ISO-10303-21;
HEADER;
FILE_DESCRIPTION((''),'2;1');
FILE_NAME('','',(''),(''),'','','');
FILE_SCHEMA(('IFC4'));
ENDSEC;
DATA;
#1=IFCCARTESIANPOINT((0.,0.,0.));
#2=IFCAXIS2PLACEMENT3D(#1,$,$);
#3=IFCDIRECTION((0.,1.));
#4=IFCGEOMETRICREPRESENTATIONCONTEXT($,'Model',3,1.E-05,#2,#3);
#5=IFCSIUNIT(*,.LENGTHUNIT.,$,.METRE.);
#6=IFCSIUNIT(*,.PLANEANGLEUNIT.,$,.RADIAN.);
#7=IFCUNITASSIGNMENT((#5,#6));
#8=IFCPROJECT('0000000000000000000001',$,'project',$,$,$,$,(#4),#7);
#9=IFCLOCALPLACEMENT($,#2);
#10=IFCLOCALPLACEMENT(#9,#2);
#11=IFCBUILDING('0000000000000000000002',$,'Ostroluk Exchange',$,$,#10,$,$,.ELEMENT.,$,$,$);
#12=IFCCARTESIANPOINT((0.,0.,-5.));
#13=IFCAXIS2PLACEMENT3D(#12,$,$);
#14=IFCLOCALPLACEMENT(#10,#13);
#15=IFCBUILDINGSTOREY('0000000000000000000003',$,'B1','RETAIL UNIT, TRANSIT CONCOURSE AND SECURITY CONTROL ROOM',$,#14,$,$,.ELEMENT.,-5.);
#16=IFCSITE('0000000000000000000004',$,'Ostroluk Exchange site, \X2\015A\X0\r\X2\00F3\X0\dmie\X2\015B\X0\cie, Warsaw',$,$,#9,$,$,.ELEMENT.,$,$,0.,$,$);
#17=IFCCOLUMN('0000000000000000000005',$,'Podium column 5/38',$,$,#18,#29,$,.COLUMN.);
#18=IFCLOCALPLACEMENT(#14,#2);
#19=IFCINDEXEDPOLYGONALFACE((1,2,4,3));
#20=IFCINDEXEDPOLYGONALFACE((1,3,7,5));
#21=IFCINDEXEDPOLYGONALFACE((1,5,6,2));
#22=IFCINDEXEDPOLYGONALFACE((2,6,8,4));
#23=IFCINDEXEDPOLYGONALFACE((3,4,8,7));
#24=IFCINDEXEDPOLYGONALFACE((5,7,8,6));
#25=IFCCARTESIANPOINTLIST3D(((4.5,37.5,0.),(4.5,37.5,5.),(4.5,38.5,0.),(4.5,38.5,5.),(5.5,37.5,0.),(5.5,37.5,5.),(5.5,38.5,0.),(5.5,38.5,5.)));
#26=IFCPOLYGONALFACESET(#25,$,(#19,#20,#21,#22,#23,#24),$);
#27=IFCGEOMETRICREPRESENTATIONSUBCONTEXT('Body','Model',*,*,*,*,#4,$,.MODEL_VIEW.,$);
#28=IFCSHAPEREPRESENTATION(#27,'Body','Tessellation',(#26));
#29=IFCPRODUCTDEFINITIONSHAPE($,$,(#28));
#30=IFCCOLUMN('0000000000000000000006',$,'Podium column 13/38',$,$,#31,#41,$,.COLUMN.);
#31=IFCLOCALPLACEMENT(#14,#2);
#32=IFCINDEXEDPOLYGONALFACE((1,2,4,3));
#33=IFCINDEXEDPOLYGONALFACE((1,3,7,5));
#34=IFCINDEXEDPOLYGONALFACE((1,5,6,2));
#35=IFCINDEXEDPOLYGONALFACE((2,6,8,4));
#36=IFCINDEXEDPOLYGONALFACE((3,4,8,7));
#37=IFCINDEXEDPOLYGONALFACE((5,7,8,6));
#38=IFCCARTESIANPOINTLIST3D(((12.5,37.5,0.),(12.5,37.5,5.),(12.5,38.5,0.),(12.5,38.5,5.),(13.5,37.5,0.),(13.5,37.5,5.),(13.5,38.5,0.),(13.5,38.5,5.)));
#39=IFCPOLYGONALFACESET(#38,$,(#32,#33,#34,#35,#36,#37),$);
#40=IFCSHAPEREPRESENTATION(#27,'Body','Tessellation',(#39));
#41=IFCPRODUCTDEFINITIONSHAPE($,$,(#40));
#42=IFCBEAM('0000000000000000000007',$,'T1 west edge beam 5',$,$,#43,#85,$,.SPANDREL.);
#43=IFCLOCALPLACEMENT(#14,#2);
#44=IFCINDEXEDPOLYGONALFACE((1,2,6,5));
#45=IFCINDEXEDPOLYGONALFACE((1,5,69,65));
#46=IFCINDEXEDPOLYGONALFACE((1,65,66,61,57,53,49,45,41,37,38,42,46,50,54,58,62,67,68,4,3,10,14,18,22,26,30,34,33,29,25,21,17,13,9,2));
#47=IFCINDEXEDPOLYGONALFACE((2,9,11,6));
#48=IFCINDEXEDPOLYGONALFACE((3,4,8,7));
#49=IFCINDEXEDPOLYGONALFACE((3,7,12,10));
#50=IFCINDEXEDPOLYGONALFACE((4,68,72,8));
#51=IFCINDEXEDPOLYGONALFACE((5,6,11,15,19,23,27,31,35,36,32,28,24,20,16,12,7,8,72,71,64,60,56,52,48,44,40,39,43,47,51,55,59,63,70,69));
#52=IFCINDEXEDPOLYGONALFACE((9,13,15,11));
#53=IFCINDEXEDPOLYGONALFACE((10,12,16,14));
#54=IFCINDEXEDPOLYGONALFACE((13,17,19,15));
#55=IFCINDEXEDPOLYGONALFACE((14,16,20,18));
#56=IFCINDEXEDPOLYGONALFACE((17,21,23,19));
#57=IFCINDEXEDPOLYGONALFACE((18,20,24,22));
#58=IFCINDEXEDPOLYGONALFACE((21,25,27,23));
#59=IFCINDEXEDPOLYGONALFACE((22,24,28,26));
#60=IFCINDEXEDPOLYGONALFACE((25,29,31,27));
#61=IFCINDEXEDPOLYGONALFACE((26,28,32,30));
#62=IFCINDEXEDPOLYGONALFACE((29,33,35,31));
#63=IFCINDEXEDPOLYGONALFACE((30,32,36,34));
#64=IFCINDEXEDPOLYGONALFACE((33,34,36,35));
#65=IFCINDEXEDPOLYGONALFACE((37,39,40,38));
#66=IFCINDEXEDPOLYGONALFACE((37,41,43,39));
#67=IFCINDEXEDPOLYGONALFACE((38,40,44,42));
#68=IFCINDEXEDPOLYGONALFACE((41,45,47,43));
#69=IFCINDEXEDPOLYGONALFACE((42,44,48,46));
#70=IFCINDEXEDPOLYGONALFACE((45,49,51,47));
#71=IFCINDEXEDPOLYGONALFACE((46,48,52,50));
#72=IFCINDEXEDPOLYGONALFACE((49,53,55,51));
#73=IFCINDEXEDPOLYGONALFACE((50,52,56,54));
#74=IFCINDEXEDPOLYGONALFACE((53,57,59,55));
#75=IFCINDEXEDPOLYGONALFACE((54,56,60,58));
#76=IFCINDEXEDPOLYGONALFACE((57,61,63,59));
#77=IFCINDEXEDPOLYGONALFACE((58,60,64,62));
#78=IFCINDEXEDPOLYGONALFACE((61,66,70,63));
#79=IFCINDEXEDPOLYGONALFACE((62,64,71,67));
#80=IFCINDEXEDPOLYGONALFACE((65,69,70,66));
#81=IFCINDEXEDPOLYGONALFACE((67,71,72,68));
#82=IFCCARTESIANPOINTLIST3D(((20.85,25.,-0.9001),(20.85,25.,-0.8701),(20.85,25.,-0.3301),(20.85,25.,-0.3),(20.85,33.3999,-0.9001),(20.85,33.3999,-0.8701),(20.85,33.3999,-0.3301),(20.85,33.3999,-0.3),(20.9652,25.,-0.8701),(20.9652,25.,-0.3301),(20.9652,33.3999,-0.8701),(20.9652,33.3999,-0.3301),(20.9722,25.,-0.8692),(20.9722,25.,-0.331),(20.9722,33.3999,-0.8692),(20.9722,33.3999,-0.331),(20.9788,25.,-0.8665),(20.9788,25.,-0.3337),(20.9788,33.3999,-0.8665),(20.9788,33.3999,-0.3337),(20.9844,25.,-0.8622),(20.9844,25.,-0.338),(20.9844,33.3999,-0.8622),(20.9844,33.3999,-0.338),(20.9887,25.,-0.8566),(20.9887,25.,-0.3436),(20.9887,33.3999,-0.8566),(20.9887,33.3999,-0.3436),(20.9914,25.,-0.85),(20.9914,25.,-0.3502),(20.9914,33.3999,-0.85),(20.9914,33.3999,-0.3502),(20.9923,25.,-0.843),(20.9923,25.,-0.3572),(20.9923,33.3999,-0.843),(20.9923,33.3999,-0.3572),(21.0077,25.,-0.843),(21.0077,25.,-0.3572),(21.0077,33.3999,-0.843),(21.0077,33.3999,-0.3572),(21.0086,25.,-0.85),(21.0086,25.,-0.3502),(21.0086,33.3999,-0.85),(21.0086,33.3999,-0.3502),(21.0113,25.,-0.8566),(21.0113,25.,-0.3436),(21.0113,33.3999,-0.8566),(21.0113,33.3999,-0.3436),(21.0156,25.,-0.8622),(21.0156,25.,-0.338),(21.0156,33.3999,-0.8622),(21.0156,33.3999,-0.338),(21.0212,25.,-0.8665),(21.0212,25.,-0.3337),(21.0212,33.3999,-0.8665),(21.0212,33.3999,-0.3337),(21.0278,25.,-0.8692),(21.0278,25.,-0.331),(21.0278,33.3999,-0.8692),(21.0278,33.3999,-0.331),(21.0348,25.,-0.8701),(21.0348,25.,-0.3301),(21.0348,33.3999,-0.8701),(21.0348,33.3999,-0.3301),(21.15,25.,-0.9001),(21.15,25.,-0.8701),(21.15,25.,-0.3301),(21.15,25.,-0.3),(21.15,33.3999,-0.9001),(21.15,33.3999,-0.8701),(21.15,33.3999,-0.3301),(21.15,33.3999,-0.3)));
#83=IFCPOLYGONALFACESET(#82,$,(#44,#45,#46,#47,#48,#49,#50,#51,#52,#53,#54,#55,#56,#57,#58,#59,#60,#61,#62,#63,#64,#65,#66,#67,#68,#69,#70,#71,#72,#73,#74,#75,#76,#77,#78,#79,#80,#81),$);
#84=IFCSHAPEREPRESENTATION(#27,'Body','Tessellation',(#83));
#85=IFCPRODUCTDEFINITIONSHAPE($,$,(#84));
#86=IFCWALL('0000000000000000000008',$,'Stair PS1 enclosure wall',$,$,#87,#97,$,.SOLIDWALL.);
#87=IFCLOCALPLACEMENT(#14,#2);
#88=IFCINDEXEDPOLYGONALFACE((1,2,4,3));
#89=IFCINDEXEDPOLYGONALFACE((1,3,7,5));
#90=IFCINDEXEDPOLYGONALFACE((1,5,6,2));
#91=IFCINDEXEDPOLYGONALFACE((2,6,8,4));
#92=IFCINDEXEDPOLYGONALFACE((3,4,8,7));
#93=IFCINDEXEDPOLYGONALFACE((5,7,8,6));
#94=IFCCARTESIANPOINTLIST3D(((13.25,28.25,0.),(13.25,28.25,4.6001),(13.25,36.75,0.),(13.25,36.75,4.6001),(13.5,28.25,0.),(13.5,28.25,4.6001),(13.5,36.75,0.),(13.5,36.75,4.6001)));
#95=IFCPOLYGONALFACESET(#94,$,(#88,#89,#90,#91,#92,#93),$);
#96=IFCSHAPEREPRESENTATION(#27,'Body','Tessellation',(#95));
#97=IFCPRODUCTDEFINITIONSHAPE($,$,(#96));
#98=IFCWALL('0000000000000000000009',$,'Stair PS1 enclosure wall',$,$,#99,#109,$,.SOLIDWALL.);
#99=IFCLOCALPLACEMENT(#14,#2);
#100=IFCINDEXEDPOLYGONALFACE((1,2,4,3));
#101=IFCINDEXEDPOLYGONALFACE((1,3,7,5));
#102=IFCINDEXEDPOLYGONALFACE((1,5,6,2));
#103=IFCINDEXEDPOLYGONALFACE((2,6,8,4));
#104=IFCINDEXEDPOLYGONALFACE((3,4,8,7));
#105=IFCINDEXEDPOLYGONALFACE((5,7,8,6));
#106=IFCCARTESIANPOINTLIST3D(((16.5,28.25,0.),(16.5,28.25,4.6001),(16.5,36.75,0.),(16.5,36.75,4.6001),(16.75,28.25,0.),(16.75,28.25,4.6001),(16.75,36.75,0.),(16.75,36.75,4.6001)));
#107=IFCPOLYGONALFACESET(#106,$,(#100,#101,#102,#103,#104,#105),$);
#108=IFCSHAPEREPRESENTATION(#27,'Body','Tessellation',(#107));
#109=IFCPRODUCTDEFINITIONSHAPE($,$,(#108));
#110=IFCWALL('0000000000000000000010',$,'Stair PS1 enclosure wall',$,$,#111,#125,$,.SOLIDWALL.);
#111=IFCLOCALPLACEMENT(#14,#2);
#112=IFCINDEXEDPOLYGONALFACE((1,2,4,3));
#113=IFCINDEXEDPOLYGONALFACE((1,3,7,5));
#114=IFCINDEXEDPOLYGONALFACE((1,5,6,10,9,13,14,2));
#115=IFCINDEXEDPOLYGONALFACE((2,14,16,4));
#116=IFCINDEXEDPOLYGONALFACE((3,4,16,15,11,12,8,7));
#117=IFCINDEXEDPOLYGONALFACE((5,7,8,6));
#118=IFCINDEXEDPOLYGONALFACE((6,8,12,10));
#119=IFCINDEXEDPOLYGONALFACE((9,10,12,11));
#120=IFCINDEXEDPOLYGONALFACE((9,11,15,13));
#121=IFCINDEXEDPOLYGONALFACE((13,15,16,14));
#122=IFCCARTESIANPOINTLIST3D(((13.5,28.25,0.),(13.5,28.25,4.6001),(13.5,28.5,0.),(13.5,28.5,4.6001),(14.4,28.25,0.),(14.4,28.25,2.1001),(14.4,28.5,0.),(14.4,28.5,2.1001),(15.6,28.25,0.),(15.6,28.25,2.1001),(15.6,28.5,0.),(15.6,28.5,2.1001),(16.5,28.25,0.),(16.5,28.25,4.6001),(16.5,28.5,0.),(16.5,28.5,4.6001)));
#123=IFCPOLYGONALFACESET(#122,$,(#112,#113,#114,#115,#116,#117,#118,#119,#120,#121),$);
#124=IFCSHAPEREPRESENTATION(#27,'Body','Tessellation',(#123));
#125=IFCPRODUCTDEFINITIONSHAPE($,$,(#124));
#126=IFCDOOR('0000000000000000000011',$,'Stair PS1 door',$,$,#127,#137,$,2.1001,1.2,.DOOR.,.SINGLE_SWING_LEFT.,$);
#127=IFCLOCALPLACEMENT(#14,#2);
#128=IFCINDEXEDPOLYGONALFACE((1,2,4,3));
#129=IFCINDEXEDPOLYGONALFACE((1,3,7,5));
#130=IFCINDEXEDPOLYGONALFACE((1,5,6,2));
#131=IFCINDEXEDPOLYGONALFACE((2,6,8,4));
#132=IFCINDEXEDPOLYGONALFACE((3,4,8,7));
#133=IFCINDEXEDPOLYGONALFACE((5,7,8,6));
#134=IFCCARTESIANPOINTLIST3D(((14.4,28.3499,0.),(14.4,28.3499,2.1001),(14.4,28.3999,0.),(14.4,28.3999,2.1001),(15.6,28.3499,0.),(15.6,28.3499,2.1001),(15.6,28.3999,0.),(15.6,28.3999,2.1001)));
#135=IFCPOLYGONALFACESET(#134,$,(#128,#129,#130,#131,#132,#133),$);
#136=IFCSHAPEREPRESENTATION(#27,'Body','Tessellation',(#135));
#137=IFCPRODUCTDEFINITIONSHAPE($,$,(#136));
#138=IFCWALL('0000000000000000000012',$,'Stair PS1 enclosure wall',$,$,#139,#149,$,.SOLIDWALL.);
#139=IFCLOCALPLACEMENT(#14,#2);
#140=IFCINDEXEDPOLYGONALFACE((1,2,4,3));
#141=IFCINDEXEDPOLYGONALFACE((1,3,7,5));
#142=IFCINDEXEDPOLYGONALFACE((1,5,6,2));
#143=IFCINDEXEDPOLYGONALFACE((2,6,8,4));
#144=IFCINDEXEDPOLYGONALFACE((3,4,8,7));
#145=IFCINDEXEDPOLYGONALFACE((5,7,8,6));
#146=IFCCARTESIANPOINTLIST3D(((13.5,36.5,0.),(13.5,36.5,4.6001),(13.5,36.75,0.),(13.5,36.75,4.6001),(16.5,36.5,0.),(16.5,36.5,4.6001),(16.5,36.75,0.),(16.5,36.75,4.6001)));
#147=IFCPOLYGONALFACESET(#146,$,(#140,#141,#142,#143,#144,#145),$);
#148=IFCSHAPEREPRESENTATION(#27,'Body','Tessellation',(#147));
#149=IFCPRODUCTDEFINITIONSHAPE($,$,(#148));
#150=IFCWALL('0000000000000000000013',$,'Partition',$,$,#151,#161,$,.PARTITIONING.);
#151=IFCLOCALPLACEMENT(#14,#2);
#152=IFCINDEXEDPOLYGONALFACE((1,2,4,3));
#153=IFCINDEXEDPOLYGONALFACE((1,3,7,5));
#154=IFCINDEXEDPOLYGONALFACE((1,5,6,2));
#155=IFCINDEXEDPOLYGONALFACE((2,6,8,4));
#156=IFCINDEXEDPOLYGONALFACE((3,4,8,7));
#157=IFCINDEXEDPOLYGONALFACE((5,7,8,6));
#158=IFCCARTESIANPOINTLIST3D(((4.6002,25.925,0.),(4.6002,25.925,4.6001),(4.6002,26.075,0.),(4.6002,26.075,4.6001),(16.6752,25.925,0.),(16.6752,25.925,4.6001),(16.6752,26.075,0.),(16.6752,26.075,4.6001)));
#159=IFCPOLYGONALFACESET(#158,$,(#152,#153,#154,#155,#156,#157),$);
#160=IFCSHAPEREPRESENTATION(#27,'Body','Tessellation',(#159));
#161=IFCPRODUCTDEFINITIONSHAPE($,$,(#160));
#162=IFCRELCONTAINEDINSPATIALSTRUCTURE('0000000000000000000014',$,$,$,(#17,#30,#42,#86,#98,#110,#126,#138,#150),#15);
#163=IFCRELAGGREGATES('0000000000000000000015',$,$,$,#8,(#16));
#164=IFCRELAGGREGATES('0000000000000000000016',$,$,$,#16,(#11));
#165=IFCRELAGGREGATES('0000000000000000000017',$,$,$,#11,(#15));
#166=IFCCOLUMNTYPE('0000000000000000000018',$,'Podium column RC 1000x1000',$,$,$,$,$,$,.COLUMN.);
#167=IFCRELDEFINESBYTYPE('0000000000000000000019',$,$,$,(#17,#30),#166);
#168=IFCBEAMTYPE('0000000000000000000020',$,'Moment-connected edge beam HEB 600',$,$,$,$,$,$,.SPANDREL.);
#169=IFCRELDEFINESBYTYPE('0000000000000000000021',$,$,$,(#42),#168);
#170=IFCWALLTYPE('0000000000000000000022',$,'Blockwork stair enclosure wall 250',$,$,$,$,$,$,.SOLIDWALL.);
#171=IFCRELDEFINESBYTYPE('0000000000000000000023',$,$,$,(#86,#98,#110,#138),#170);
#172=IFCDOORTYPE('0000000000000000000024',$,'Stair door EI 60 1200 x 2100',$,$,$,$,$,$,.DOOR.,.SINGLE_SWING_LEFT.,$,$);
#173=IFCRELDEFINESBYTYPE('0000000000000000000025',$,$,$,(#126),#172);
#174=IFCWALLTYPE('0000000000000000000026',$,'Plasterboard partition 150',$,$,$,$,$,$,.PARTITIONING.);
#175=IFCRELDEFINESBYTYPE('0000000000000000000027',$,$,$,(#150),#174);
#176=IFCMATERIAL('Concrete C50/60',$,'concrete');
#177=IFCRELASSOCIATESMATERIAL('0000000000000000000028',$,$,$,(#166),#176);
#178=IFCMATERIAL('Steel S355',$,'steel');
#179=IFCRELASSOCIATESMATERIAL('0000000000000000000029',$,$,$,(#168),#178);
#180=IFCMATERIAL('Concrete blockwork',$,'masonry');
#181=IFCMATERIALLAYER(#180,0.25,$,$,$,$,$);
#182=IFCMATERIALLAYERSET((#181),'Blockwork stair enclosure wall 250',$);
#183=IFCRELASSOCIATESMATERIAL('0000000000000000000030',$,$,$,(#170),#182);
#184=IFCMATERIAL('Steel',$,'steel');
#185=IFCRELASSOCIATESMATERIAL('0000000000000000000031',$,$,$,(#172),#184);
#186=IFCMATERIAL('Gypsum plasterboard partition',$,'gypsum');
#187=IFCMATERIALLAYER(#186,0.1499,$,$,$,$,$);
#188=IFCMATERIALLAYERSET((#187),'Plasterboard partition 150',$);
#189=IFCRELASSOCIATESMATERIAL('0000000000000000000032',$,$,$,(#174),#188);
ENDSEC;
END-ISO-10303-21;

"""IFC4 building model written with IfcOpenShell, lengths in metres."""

from ifc_helpers import new_model, si_unit, direction, frame, frame_2d, origin, origin_2d, place, context, subcontext, project, spatial, rectangle, i_section, extrude, material, layer, layer_set, material_profile, profile_set, type_object, element, fill, save


model = new_model("IFC4")

# Units and contexts
model_context = context("Model", 3, precision=1e-05, world=origin(), true_north=direction((0.0, 1.0)))
body_context = subcontext(model_context, "Body", "Model", "MODEL_VIEW")
ifc_project = project(units=[si_unit("LENGTHUNIT", "METRE"), si_unit("PLANEANGLEUNIT", "RADIAN")], contexts=[model_context])

# Site, building, storey
site_placement = place(None, origin())
site = spatial("IfcSite", under=ifc_project, at=site_placement, Name="Ostroluk Exchange site, Śródmieście, Warsaw", CompositionType="ELEMENT", RefElevation=0.0)
building_placement = place(site_placement, origin())
building = spatial("IfcBuilding", under=site, at=building_placement, Name="Ostroluk Exchange", CompositionType="ELEMENT")
storey_placement = place(building_placement, frame((0.0, 0.0, -5.0)))
storey = spatial("IfcBuildingStorey", under=building, at=storey_placement, Name="B1", Description="RETAIL UNIT, TRANSIT CONCOURSE AND SECURITY CONTROL ROOM", CompositionType="ELEMENT", Elevation=-5.0)

# Columns
ifc_material_1 = material(Name="Concrete C50/60", Category="concrete")
ifc_material_profile_1 = material_profile(ifc_material_1, rectangle(XDim=1.0, YDim=1.0, at=origin_2d()), Name="RC 1000x1000")
ifc_profile_set_1 = profile_set([ifc_material_profile_1], Name="Concrete C50/60")
column_type_1 = type_object("IfcColumnType", Name="Podium column RC 1000x1000", PredefinedType="COLUMN", material=ifc_profile_set_1)
for number, where, z_axis, x_axis, name in (
    (1, (5.0, 38.0, 0.0), (0.0, 0.0, 1.0), (1.0, 0.0, 0.0), "Podium column 5/38"),
    (2, (13.0, 38.0, 0.0), (0.0, 0.0, 1.0), (1.0, 0.0, 0.0), "Podium column 13/38"),
):
    element("IfcColumn", number, at=place(storey_placement, frame(where, z_axis=z_axis, x_axis=x_axis)), inside=storey, type_object=column_type_1, Name=name, PredefinedType="COLUMN", context=body_context, shape_type="SweptSolid", body=[
        extrude(rectangle(XDim=1.0, YDim=1.0, at=origin_2d()), origin(), (0.0, 0.0, 1.0), 5.0),
    ])

# Beam
ifc_material_2 = material(Name="Steel S355", Category="steel")
ifc_material_profile_2 = material_profile(ifc_material_2, i_section(OverallWidth=0.3, OverallDepth=0.6001, WebThickness=0.0154, FlangeThickness=0.03, FilletRadius=0.0271, at=origin_2d()), Name="HEB 600")
ifc_profile_set_2 = profile_set([ifc_material_profile_2], Name="Steel S355")
beam_type = type_object("IfcBeamType", Name="Moment-connected edge beam HEB 600", PredefinedType="SPANDREL", material=ifc_profile_set_2)
beam_placement = place(storey_placement, frame((21.0, 33.3999, -0.6001), z_axis=(0.0, -1.0, 0.0), x_axis=(1.0, 0.0, 0.0)))
element("IfcBeam", 3, at=beam_placement, inside=storey, type_object=beam_type, Name="T1 west edge beam 5", PredefinedType="SPANDREL", context=body_context, shape_type="SweptSolid", body=[
    extrude(i_section(OverallWidth=0.3, OverallDepth=0.6001, WebThickness=0.0154, FlangeThickness=0.03, FilletRadius=0.0271, at=origin_2d()), origin(), (0.0, 0.0, 1.0), 8.3999),
])

# Walls
ifc_material_3 = material(Name="Concrete blockwork", Category="masonry")
ifc_layer_1 = layer(ifc_material_3, 0.25)
ifc_layer_set_1 = layer_set([ifc_layer_1], Name="Blockwork stair enclosure wall 250")
wall_type_1 = type_object("IfcWallType", Name="Blockwork stair enclosure wall 250", PredefinedType="SOLIDWALL", material=ifc_layer_set_1)
for number, where, z_axis, x_axis, name in (
    (4, (13.375, 28.25, 0.0), (0.0, 0.0, 1.0), (0.0, 1.0, 0.0), "Stair PS1 enclosure wall"),
    (5, (16.625, 28.25, 0.0), (0.0, 0.0, 1.0), (0.0, 1.0, 0.0), "Stair PS1 enclosure wall"),
):
    element("IfcWall", number, at=place(storey_placement, frame(where, z_axis=z_axis, x_axis=x_axis)), inside=storey, type_object=wall_type_1, Name=name, PredefinedType="SOLIDWALL", context=body_context, shape_type="SweptSolid", body=[
        extrude(rectangle(XDim=8.5, YDim=0.25, at=frame_2d((4.25, 0.0))), origin(), (0.0, 0.0, 1.0), 4.6001),
    ])

# Wall, opening, door
wall_1_placement = place(storey_placement, frame((13.5, 28.375, 0.0), z_axis=(0.0, 0.0, 1.0), x_axis=(1.0, 0.0, 0.0)))
wall_1 = element("IfcWall", 6, at=wall_1_placement, inside=storey, type_object=wall_type_1, Name="Stair PS1 enclosure wall", PredefinedType="SOLIDWALL", context=body_context, shape_type="SweptSolid", body=[
    extrude(rectangle(XDim=3.0, YDim=0.25, at=frame_2d((1.5, 0.0))), origin(), (0.0, 0.0, 1.0), 4.6001),
])
opening_1_placement = place(wall_1_placement, frame((0.8999, 0.0, 0.0)))
opening_1 = element("IfcOpeningElement", 7, at=opening_1_placement, cuts=wall_1, PredefinedType="OPENING", context=body_context, shape_type="SweptSolid", body=[
    extrude(rectangle(XDim=1.2, YDim=2.1001, at=frame_2d((0.6001, 1.05))), frame((0.0, 0.135, 0.0), z_axis=(0.0, -1.0, 0.0), x_axis=(1.0, 0.0, 0.0)), (0.0, 0.0, 1.0), 0.27),
])
ifc_material_4 = material(Name="Steel", Category="steel")
door_type_1 = type_object("IfcDoorType", Name="Stair door EI 60 1200 x 2100", OperationType="SINGLE_SWING_LEFT", PredefinedType="DOOR", material=ifc_material_4)
door_1_placement = place(opening_1_placement, origin())
door_1 = element("IfcDoor", 8, at=door_1_placement, inside=storey, type_object=door_type_1, Name="Stair PS1 door", OperationType="SINGLE_SWING_LEFT", OverallHeight=2.1001, OverallWidth=1.2, PredefinedType="DOOR", context=body_context, shape_type="SweptSolid", body=[
    extrude(rectangle(XDim=1.2, YDim=2.1001, at=frame_2d((0.6001, 1.05))), frame((0.0, 0.0249, 0.0), z_axis=(0.0, -1.0, 0.0), x_axis=(1.0, 0.0, 0.0)), (0.0, 0.0, 1.0), 0.05),
])
fill(opening_1, door_1)

# Walls
wall_2_placement = place(storey_placement, frame((13.5, 36.625, 0.0), z_axis=(0.0, 0.0, 1.0), x_axis=(1.0, 0.0, 0.0)))
element("IfcWall", 9, at=wall_2_placement, inside=storey, type_object=wall_type_1, Name="Stair PS1 enclosure wall", PredefinedType="SOLIDWALL", context=body_context, shape_type="SweptSolid", body=[
    extrude(rectangle(XDim=3.0, YDim=0.25, at=frame_2d((1.5, 0.0))), origin(), (0.0, 0.0, 1.0), 4.6001),
])
ifc_material_5 = material(Name="Gypsum plasterboard partition", Category="gypsum")
ifc_layer_2 = layer(ifc_material_5, 0.1499)
ifc_layer_set_2 = layer_set([ifc_layer_2], Name="Plasterboard partition 150")
wall_type_2 = type_object("IfcWallType", Name="Plasterboard partition 150", PredefinedType="PARTITIONING", material=ifc_layer_set_2)
wall_3_placement = place(storey_placement, frame((4.6001, 26.0, 0.0), z_axis=(0.0, 0.0, 1.0), x_axis=(1.0, 0.0, 0.0)))
element("IfcWall", 10, at=wall_3_placement, inside=storey, type_object=wall_type_2, Name="Partition", PredefinedType="PARTITIONING", context=body_context, shape_type="SweptSolid", body=[
    extrude(rectangle(XDim=12.075, YDim=0.1499, at=frame_2d((6.0376, 0.0))), origin(), (0.0, 0.0, 1.0), 4.6001),
])

save(model, "model.ifc")
